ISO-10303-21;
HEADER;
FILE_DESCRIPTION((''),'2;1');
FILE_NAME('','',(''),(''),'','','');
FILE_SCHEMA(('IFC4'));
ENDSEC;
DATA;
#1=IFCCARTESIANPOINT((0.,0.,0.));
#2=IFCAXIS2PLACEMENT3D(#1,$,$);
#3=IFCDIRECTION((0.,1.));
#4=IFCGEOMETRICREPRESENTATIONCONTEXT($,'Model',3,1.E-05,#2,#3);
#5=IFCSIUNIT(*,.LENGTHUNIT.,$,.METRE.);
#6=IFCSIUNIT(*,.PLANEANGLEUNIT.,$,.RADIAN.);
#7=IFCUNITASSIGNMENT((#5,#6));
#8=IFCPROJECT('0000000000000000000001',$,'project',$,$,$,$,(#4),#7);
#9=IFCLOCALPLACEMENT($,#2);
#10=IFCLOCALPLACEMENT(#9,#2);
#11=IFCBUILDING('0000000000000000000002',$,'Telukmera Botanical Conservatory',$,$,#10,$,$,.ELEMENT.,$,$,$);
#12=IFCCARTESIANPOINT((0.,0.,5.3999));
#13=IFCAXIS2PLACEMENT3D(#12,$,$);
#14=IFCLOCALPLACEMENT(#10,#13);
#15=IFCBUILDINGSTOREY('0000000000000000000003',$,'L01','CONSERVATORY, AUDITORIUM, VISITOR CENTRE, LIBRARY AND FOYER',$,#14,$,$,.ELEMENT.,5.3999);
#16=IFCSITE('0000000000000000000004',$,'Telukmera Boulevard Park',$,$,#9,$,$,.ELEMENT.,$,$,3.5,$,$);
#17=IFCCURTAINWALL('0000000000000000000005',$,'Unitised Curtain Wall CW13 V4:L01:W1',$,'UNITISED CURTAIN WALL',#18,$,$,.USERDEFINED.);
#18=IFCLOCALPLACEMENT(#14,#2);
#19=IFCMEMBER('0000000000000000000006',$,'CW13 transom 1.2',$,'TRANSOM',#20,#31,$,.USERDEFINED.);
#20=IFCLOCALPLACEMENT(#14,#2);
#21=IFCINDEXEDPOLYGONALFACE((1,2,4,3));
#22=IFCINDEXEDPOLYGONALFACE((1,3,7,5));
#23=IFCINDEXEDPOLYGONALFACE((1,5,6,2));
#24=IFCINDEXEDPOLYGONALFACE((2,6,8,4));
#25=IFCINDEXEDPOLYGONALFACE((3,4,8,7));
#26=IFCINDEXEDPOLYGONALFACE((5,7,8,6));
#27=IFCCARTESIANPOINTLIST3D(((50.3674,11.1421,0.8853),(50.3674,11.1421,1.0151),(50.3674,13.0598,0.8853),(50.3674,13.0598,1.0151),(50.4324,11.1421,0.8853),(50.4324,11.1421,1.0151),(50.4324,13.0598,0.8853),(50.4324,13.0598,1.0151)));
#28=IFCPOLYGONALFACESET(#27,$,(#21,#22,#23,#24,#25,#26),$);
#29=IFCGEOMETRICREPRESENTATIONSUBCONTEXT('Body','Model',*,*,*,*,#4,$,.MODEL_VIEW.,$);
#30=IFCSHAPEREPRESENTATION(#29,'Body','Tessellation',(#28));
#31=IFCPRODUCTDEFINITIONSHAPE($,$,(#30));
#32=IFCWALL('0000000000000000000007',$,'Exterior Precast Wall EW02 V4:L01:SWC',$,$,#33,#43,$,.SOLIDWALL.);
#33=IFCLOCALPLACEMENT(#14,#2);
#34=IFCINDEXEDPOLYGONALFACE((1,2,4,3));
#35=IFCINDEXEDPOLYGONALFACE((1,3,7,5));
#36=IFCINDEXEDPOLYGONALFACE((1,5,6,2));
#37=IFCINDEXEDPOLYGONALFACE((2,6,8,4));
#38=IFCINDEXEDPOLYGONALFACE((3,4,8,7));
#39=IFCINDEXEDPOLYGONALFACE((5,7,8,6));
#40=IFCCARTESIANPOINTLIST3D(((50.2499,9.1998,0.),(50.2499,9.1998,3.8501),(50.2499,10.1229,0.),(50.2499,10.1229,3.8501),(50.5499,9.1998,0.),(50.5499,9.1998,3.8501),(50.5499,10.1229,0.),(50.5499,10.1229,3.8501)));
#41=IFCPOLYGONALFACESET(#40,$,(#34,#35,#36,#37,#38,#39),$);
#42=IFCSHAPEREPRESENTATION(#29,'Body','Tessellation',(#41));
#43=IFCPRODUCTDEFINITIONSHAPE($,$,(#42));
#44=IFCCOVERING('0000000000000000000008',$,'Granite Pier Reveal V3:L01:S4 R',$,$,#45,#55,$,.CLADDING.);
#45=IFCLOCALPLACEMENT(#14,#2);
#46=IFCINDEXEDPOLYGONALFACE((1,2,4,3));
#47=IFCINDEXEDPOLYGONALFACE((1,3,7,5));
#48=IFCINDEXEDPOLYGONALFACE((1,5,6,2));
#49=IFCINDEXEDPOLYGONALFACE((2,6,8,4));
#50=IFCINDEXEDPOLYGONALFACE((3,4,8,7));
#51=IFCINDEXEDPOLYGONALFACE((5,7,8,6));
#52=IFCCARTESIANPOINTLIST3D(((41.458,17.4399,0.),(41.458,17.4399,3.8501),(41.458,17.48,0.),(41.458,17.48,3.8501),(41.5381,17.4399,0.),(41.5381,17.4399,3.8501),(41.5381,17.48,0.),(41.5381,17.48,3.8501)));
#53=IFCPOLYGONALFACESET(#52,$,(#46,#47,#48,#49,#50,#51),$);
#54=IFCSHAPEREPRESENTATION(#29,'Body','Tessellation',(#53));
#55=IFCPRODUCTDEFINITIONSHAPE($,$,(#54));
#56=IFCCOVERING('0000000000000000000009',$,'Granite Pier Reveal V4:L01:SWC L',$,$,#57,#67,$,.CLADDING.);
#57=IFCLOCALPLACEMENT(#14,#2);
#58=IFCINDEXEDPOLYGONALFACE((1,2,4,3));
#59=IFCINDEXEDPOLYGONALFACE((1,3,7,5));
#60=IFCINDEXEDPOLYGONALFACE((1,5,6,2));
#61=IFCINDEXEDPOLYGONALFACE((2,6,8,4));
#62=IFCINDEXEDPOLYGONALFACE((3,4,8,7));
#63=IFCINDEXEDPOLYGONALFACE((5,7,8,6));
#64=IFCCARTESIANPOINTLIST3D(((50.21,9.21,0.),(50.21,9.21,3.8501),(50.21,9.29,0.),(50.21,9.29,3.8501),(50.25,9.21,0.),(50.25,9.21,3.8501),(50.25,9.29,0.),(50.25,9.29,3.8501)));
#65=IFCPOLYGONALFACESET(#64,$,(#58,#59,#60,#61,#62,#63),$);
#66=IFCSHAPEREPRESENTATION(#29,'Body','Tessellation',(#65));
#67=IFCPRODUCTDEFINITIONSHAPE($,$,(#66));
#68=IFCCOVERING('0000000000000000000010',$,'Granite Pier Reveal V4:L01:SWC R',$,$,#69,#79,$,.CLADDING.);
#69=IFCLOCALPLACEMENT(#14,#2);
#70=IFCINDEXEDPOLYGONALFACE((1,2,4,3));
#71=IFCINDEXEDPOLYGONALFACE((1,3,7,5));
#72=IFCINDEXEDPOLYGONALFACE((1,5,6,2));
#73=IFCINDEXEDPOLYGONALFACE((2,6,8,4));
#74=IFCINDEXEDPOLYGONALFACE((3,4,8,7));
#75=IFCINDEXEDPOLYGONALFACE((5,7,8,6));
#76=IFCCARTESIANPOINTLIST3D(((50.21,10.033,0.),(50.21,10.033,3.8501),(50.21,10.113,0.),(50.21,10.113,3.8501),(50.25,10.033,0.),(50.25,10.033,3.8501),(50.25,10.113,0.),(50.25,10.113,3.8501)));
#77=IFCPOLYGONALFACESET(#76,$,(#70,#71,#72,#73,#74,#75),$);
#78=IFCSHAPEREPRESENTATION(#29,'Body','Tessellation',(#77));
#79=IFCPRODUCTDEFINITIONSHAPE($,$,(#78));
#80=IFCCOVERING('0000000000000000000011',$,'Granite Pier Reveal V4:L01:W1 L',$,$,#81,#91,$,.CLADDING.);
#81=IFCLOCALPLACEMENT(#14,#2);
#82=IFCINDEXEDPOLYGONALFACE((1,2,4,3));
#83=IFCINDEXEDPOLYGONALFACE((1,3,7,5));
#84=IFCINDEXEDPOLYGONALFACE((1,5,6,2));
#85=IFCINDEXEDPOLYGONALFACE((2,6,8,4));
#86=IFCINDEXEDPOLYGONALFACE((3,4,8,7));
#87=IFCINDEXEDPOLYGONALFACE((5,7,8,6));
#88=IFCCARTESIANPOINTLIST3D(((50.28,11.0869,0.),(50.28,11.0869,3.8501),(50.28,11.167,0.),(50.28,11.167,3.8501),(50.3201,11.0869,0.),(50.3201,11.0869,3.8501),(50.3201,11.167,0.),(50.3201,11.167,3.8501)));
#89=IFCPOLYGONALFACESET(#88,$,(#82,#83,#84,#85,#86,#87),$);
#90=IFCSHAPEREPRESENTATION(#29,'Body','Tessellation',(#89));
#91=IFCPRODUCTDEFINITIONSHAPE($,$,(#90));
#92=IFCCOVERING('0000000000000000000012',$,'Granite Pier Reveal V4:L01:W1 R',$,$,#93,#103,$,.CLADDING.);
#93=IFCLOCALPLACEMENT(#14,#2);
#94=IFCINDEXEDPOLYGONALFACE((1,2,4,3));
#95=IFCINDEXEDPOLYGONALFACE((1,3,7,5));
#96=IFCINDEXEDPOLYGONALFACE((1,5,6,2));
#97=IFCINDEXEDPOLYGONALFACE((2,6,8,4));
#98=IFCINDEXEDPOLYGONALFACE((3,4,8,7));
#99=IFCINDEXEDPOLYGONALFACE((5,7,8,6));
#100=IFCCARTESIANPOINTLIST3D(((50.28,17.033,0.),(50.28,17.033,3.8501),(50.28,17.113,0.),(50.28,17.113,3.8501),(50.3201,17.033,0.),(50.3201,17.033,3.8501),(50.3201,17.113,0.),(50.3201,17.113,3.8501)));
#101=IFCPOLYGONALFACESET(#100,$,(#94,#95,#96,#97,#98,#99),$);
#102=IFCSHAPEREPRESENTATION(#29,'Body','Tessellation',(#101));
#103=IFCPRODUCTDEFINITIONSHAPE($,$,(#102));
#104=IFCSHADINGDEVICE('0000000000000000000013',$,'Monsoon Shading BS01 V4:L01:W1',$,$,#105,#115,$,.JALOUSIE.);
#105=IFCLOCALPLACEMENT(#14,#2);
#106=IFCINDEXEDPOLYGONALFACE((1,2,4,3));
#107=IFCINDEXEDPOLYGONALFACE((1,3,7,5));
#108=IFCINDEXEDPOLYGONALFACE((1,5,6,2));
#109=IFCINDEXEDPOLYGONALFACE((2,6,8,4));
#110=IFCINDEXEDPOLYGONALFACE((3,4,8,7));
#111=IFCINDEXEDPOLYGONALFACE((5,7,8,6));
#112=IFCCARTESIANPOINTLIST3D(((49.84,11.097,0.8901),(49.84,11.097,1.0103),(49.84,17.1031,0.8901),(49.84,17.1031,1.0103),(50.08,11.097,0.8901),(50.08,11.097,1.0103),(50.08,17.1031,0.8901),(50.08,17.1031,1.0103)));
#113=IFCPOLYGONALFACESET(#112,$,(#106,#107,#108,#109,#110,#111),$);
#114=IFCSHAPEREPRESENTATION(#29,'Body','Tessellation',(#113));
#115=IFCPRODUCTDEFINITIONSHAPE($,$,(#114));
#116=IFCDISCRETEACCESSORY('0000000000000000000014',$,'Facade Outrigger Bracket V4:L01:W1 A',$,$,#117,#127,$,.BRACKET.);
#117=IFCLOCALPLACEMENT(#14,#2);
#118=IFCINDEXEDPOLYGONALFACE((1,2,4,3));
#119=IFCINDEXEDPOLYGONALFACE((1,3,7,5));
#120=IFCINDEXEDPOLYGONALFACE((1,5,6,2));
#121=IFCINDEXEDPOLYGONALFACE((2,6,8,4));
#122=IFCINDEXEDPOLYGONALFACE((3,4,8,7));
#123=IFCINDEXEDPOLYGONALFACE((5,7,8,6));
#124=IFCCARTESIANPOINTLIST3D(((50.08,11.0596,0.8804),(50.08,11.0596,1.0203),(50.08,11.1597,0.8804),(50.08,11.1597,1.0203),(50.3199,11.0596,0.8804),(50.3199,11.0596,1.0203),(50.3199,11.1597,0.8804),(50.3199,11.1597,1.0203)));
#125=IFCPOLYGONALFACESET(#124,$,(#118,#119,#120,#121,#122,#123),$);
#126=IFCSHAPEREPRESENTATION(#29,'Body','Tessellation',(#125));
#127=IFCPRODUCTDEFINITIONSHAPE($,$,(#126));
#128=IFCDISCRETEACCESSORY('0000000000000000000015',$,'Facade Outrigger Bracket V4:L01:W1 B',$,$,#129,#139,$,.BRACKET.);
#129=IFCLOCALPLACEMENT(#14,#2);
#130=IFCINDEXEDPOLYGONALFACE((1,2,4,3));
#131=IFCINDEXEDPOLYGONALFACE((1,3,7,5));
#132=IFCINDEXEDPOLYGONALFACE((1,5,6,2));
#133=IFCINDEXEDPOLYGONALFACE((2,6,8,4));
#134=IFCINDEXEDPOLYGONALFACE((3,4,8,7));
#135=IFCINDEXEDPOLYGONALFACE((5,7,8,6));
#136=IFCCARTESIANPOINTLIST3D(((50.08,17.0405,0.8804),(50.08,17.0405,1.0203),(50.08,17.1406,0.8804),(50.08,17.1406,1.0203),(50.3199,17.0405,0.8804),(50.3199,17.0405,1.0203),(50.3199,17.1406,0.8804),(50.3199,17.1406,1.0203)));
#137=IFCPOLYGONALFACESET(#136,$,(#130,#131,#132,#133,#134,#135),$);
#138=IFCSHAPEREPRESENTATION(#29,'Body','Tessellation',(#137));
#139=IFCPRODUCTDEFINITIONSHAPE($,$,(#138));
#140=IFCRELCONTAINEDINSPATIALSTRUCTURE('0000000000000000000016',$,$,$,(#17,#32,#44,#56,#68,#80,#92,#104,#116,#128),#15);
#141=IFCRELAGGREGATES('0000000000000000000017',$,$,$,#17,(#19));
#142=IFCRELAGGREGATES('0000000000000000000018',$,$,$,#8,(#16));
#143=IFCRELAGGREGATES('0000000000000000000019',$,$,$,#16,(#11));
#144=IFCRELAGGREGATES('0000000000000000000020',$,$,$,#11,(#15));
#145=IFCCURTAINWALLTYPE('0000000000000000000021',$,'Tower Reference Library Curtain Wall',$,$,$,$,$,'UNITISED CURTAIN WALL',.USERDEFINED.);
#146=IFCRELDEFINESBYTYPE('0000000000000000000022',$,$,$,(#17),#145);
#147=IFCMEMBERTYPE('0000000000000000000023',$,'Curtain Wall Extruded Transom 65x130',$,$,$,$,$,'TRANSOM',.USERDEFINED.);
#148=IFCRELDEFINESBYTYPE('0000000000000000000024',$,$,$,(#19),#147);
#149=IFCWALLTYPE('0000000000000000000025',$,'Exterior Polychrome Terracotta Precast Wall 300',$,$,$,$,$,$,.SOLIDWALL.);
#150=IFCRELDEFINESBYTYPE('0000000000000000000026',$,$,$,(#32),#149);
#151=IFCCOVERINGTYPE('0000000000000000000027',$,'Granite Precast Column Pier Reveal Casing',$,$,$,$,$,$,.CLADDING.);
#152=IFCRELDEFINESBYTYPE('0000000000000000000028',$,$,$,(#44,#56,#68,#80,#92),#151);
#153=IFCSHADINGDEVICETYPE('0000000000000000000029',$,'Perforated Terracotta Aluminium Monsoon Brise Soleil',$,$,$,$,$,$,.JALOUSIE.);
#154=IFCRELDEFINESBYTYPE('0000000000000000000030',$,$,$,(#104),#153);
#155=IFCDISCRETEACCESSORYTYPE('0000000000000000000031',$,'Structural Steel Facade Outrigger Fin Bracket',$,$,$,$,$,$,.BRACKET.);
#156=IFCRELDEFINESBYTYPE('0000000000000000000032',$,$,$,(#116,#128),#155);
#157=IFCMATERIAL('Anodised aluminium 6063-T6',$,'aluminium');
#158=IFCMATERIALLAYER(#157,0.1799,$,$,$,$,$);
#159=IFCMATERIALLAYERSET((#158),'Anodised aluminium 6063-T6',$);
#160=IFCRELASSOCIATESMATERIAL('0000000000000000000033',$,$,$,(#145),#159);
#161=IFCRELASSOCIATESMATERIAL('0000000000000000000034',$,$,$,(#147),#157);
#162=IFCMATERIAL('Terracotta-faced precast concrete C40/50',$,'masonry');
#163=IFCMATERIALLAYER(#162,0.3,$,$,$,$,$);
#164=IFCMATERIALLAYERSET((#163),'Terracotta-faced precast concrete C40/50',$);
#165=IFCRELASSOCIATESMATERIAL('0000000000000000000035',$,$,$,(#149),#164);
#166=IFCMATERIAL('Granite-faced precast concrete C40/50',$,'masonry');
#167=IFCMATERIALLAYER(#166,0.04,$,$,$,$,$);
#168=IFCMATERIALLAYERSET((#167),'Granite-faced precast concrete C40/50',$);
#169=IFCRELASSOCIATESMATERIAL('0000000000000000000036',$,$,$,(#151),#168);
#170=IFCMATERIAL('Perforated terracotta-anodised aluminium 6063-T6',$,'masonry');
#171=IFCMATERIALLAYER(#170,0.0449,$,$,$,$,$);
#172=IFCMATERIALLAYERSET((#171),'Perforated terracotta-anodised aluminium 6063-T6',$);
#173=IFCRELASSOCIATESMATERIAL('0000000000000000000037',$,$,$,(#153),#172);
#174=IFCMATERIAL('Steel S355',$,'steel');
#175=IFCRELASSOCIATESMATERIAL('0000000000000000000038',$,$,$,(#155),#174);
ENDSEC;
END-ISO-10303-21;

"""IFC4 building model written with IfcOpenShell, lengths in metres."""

from ifc_helpers import new_model, si_unit, direction, frame, frame_2d, origin, origin_2d, place, context, subcontext, project, spatial, rectangle, extrude, material, layer, layer_set, material_profile, profile_set, type_object, element, aggregate, save


model = new_model("IFC4")

# Units and contexts
model_context = context("Model", 3, precision=1e-05, world=origin(), true_north=direction((0.0, 1.0)))
body_context = subcontext(model_context, "Body", "Model", "MODEL_VIEW")
ifc_project = project(units=[si_unit("LENGTHUNIT", "METRE"), si_unit("PLANEANGLEUNIT", "RADIAN")], contexts=[model_context])

# Site, building, storey
site_placement = place(None, origin())
site = spatial("IfcSite", under=ifc_project, at=site_placement, Name="Telukmera Boulevard Park", CompositionType="ELEMENT", RefElevation=3.5)
building_placement = place(site_placement, origin())
building = spatial("IfcBuilding", under=site, at=building_placement, Name="Telukmera Botanical Conservatory", CompositionType="ELEMENT")
storey_placement = place(building_placement, frame((0.0, 0.0, 5.3999)))
storey = spatial("IfcBuildingStorey", under=building, at=storey_placement, Name="L01", Description="CONSERVATORY, AUDITORIUM, VISITOR CENTRE, LIBRARY AND FOYER", CompositionType="ELEMENT", Elevation=5.3999)

# Shared definitions
ifc_material_1 = material(Name="Steel S355", Category="steel")

# Curtain wall, member
ifc_material_2 = material(Name="Anodised aluminium 6063-T6", Category="aluminium")
ifc_layer_1 = layer(ifc_material_2, 0.1799)
ifc_layer_set_1 = layer_set([ifc_layer_1], Name="Anodised aluminium 6063-T6")
curtain_wall_type = type_object("IfcCurtainWallType", Name="Tower Reference Library Curtain Wall", ElementType="UNITISED CURTAIN WALL", PredefinedType="USERDEFINED", material=ifc_layer_set_1)
curtain_wall_placement = place(storey_placement, origin())
curtain_wall = element("IfcCurtainWall", 1, at=curtain_wall_placement, inside=storey, type_object=curtain_wall_type, Name="Unitised Curtain Wall CW13 V4:L01:W1", ObjectType="UNITISED CURTAIN WALL", PredefinedType="USERDEFINED")
ifc_material_profile_1 = material_profile(ifc_material_2, rectangle(XDim=0.0649, YDim=0.1299, at=origin_2d()), Name="ALU TRAN 65x130")
ifc_profile_set_1 = profile_set([ifc_material_profile_1], Name="Anodised aluminium 6063-T6")
member_type_1 = type_object("IfcMemberType", Name="Curtain Wall Extruded Transom 65x130", ElementType="TRANSOM", PredefinedType="USERDEFINED", material=ifc_profile_set_1)
member_1_placement = place(storey_placement, frame((50.3999, 11.1421, 0.9502), z_axis=(0.0, 1.0, 0.0), x_axis=(-1.0, 0.0, 0.0)))
member_1 = element("IfcMember", 2, at=member_1_placement, type_object=member_type_1, Name="CW13 transom 1.2", ObjectType="TRANSOM", PredefinedType="USERDEFINED", context=body_context, shape_type="SweptSolid", body=[
    extrude(rectangle(XDim=0.0649, YDim=0.1299, at=origin_2d()), origin(), (0.0, 0.0, 1.0), 1.9177),
])
aggregate(curtain_wall, [member_1])

# Wall
ifc_material_3 = material(Name="Terracotta-faced precast concrete C40/50", Category="masonry")
ifc_layer_2 = layer(ifc_material_3, 0.3)
ifc_layer_set_2 = layer_set([ifc_layer_2], Name="Terracotta-faced precast concrete C40/50")
wall_type = type_object("IfcWallType", Name="Exterior Polychrome Terracotta Precast Wall 300", PredefinedType="SOLIDWALL", material=ifc_layer_set_2)
wall_placement = place(storey_placement, frame((50.3999, 9.2, 0.0), z_axis=(0.0, 0.0, 1.0), x_axis=(0.0, 1.0, 0.0)))
element("IfcWall", 3, at=wall_placement, inside=storey, type_object=wall_type, Name="Exterior Precast Wall EW02 V4:L01:SWC", PredefinedType="SOLIDWALL", context=body_context, shape_type="SweptSolid", body=[
    extrude(rectangle(XDim=0.9231, YDim=0.3, at=frame_2d((0.4614, 0.0))), origin(), (0.0, 0.0, 1.0), 3.8501),
])

# Coverings
ifc_material_4 = material(Name="Granite-faced precast concrete C40/50", Category="masonry")
ifc_layer_3 = layer(ifc_material_4, 0.04)
ifc_layer_set_3 = layer_set([ifc_layer_3], Name="Granite-faced precast concrete C40/50")
covering_type = type_object("IfcCoveringType", Name="Granite Precast Column Pier Reveal Casing", PredefinedType="CLADDING", material=ifc_layer_set_3)
for number, where, z_axis, x_axis, name in (
    (4, (41.498, 17.46, 0.0), (0.0, 0.0, 1.0), (1.0, 0.0, 0.0), "Granite Pier Reveal V3:L01:S4 R"),
    (5, (50.23, 9.25, 0.0), (0.0, 0.0, 1.0), (0.0, 1.0, 0.0), "Granite Pier Reveal V4:L01:SWC L"),
    (6, (50.23, 10.073, 0.0), (0.0, 0.0, 1.0), (0.0, 1.0, 0.0), "Granite Pier Reveal V4:L01:SWC R"),
    (7, (50.3, 11.127, 0.0), (0.0, 0.0, 1.0), (0.0, 1.0, 0.0), "Granite Pier Reveal V4:L01:W1 L"),
    (8, (50.3, 17.073, 0.0), (0.0, 0.0, 1.0), (0.0, 1.0, 0.0), "Granite Pier Reveal V4:L01:W1 R"),
):
    element("IfcCovering", number, at=place(storey_placement, frame(where, z_axis=z_axis, x_axis=x_axis)), inside=storey, type_object=covering_type, Name=name, PredefinedType="CLADDING", context=body_context, shape_type="SweptSolid", body=[
        extrude(rectangle(XDim=0.0801, YDim=0.04, at=origin_2d()), origin(), (0.0, 0.0, 1.0), 3.8501),
    ])

# Shading device
ifc_material_5 = material(Name="Perforated terracotta-anodised aluminium 6063-T6", Category="masonry")
ifc_layer_4 = layer(ifc_material_5, 0.0449)
ifc_layer_set_4 = layer_set([ifc_layer_4], Name="Perforated terracotta-anodised aluminium 6063-T6")
shading_device_type = type_object("IfcShadingDeviceType", Name="Perforated Terracotta Aluminium Monsoon Brise Soleil", PredefinedType="JALOUSIE", material=ifc_layer_set_4)
shading_device_placement = place(storey_placement, frame((49.96, 14.1001, 0.8901), z_axis=(0.0, 0.0, 1.0), x_axis=(0.0, 1.0, 0.0)))
element("IfcShadingDevice", 9, at=shading_device_placement, inside=storey, type_object=shading_device_type, Name="Monsoon Shading BS01 V4:L01:W1", PredefinedType="JALOUSIE", context=body_context, shape_type="SweptSolid", body=[
    extrude(rectangle(XDim=6.0061, YDim=0.24, at=origin_2d()), origin(), (0.0, 0.0, 1.0), 0.1201),
])

# Discrete accessories
discrete_accessory_type = type_object("IfcDiscreteAccessoryType", Name="Structural Steel Facade Outrigger Fin Bracket", PredefinedType="BRACKET", material=ifc_material_1)
for number, where, z_axis, x_axis, name in (
    (10, (50.2, 11.1096, 0.8804), (0.0, 0.0, 1.0), (0.0, 1.0, 0.0), "Facade Outrigger Bracket V4:L01:W1 A"),
    (11, (50.2, 17.0906, 0.8804), (0.0, 0.0, 1.0), (0.0, 1.0, 0.0), "Facade Outrigger Bracket V4:L01:W1 B"),
):
    element("IfcDiscreteAccessory", number, at=place(storey_placement, frame(where, z_axis=z_axis, x_axis=x_axis)), inside=storey, type_object=discrete_accessory_type, Name=name, PredefinedType="BRACKET", context=body_context, shape_type="SweptSolid", body=[
        extrude(rectangle(XDim=0.1001, YDim=0.24, at=origin_2d()), origin(), (0.0, 0.0, 1.0), 0.1399),
    ])

save(model, "model.ifc")
